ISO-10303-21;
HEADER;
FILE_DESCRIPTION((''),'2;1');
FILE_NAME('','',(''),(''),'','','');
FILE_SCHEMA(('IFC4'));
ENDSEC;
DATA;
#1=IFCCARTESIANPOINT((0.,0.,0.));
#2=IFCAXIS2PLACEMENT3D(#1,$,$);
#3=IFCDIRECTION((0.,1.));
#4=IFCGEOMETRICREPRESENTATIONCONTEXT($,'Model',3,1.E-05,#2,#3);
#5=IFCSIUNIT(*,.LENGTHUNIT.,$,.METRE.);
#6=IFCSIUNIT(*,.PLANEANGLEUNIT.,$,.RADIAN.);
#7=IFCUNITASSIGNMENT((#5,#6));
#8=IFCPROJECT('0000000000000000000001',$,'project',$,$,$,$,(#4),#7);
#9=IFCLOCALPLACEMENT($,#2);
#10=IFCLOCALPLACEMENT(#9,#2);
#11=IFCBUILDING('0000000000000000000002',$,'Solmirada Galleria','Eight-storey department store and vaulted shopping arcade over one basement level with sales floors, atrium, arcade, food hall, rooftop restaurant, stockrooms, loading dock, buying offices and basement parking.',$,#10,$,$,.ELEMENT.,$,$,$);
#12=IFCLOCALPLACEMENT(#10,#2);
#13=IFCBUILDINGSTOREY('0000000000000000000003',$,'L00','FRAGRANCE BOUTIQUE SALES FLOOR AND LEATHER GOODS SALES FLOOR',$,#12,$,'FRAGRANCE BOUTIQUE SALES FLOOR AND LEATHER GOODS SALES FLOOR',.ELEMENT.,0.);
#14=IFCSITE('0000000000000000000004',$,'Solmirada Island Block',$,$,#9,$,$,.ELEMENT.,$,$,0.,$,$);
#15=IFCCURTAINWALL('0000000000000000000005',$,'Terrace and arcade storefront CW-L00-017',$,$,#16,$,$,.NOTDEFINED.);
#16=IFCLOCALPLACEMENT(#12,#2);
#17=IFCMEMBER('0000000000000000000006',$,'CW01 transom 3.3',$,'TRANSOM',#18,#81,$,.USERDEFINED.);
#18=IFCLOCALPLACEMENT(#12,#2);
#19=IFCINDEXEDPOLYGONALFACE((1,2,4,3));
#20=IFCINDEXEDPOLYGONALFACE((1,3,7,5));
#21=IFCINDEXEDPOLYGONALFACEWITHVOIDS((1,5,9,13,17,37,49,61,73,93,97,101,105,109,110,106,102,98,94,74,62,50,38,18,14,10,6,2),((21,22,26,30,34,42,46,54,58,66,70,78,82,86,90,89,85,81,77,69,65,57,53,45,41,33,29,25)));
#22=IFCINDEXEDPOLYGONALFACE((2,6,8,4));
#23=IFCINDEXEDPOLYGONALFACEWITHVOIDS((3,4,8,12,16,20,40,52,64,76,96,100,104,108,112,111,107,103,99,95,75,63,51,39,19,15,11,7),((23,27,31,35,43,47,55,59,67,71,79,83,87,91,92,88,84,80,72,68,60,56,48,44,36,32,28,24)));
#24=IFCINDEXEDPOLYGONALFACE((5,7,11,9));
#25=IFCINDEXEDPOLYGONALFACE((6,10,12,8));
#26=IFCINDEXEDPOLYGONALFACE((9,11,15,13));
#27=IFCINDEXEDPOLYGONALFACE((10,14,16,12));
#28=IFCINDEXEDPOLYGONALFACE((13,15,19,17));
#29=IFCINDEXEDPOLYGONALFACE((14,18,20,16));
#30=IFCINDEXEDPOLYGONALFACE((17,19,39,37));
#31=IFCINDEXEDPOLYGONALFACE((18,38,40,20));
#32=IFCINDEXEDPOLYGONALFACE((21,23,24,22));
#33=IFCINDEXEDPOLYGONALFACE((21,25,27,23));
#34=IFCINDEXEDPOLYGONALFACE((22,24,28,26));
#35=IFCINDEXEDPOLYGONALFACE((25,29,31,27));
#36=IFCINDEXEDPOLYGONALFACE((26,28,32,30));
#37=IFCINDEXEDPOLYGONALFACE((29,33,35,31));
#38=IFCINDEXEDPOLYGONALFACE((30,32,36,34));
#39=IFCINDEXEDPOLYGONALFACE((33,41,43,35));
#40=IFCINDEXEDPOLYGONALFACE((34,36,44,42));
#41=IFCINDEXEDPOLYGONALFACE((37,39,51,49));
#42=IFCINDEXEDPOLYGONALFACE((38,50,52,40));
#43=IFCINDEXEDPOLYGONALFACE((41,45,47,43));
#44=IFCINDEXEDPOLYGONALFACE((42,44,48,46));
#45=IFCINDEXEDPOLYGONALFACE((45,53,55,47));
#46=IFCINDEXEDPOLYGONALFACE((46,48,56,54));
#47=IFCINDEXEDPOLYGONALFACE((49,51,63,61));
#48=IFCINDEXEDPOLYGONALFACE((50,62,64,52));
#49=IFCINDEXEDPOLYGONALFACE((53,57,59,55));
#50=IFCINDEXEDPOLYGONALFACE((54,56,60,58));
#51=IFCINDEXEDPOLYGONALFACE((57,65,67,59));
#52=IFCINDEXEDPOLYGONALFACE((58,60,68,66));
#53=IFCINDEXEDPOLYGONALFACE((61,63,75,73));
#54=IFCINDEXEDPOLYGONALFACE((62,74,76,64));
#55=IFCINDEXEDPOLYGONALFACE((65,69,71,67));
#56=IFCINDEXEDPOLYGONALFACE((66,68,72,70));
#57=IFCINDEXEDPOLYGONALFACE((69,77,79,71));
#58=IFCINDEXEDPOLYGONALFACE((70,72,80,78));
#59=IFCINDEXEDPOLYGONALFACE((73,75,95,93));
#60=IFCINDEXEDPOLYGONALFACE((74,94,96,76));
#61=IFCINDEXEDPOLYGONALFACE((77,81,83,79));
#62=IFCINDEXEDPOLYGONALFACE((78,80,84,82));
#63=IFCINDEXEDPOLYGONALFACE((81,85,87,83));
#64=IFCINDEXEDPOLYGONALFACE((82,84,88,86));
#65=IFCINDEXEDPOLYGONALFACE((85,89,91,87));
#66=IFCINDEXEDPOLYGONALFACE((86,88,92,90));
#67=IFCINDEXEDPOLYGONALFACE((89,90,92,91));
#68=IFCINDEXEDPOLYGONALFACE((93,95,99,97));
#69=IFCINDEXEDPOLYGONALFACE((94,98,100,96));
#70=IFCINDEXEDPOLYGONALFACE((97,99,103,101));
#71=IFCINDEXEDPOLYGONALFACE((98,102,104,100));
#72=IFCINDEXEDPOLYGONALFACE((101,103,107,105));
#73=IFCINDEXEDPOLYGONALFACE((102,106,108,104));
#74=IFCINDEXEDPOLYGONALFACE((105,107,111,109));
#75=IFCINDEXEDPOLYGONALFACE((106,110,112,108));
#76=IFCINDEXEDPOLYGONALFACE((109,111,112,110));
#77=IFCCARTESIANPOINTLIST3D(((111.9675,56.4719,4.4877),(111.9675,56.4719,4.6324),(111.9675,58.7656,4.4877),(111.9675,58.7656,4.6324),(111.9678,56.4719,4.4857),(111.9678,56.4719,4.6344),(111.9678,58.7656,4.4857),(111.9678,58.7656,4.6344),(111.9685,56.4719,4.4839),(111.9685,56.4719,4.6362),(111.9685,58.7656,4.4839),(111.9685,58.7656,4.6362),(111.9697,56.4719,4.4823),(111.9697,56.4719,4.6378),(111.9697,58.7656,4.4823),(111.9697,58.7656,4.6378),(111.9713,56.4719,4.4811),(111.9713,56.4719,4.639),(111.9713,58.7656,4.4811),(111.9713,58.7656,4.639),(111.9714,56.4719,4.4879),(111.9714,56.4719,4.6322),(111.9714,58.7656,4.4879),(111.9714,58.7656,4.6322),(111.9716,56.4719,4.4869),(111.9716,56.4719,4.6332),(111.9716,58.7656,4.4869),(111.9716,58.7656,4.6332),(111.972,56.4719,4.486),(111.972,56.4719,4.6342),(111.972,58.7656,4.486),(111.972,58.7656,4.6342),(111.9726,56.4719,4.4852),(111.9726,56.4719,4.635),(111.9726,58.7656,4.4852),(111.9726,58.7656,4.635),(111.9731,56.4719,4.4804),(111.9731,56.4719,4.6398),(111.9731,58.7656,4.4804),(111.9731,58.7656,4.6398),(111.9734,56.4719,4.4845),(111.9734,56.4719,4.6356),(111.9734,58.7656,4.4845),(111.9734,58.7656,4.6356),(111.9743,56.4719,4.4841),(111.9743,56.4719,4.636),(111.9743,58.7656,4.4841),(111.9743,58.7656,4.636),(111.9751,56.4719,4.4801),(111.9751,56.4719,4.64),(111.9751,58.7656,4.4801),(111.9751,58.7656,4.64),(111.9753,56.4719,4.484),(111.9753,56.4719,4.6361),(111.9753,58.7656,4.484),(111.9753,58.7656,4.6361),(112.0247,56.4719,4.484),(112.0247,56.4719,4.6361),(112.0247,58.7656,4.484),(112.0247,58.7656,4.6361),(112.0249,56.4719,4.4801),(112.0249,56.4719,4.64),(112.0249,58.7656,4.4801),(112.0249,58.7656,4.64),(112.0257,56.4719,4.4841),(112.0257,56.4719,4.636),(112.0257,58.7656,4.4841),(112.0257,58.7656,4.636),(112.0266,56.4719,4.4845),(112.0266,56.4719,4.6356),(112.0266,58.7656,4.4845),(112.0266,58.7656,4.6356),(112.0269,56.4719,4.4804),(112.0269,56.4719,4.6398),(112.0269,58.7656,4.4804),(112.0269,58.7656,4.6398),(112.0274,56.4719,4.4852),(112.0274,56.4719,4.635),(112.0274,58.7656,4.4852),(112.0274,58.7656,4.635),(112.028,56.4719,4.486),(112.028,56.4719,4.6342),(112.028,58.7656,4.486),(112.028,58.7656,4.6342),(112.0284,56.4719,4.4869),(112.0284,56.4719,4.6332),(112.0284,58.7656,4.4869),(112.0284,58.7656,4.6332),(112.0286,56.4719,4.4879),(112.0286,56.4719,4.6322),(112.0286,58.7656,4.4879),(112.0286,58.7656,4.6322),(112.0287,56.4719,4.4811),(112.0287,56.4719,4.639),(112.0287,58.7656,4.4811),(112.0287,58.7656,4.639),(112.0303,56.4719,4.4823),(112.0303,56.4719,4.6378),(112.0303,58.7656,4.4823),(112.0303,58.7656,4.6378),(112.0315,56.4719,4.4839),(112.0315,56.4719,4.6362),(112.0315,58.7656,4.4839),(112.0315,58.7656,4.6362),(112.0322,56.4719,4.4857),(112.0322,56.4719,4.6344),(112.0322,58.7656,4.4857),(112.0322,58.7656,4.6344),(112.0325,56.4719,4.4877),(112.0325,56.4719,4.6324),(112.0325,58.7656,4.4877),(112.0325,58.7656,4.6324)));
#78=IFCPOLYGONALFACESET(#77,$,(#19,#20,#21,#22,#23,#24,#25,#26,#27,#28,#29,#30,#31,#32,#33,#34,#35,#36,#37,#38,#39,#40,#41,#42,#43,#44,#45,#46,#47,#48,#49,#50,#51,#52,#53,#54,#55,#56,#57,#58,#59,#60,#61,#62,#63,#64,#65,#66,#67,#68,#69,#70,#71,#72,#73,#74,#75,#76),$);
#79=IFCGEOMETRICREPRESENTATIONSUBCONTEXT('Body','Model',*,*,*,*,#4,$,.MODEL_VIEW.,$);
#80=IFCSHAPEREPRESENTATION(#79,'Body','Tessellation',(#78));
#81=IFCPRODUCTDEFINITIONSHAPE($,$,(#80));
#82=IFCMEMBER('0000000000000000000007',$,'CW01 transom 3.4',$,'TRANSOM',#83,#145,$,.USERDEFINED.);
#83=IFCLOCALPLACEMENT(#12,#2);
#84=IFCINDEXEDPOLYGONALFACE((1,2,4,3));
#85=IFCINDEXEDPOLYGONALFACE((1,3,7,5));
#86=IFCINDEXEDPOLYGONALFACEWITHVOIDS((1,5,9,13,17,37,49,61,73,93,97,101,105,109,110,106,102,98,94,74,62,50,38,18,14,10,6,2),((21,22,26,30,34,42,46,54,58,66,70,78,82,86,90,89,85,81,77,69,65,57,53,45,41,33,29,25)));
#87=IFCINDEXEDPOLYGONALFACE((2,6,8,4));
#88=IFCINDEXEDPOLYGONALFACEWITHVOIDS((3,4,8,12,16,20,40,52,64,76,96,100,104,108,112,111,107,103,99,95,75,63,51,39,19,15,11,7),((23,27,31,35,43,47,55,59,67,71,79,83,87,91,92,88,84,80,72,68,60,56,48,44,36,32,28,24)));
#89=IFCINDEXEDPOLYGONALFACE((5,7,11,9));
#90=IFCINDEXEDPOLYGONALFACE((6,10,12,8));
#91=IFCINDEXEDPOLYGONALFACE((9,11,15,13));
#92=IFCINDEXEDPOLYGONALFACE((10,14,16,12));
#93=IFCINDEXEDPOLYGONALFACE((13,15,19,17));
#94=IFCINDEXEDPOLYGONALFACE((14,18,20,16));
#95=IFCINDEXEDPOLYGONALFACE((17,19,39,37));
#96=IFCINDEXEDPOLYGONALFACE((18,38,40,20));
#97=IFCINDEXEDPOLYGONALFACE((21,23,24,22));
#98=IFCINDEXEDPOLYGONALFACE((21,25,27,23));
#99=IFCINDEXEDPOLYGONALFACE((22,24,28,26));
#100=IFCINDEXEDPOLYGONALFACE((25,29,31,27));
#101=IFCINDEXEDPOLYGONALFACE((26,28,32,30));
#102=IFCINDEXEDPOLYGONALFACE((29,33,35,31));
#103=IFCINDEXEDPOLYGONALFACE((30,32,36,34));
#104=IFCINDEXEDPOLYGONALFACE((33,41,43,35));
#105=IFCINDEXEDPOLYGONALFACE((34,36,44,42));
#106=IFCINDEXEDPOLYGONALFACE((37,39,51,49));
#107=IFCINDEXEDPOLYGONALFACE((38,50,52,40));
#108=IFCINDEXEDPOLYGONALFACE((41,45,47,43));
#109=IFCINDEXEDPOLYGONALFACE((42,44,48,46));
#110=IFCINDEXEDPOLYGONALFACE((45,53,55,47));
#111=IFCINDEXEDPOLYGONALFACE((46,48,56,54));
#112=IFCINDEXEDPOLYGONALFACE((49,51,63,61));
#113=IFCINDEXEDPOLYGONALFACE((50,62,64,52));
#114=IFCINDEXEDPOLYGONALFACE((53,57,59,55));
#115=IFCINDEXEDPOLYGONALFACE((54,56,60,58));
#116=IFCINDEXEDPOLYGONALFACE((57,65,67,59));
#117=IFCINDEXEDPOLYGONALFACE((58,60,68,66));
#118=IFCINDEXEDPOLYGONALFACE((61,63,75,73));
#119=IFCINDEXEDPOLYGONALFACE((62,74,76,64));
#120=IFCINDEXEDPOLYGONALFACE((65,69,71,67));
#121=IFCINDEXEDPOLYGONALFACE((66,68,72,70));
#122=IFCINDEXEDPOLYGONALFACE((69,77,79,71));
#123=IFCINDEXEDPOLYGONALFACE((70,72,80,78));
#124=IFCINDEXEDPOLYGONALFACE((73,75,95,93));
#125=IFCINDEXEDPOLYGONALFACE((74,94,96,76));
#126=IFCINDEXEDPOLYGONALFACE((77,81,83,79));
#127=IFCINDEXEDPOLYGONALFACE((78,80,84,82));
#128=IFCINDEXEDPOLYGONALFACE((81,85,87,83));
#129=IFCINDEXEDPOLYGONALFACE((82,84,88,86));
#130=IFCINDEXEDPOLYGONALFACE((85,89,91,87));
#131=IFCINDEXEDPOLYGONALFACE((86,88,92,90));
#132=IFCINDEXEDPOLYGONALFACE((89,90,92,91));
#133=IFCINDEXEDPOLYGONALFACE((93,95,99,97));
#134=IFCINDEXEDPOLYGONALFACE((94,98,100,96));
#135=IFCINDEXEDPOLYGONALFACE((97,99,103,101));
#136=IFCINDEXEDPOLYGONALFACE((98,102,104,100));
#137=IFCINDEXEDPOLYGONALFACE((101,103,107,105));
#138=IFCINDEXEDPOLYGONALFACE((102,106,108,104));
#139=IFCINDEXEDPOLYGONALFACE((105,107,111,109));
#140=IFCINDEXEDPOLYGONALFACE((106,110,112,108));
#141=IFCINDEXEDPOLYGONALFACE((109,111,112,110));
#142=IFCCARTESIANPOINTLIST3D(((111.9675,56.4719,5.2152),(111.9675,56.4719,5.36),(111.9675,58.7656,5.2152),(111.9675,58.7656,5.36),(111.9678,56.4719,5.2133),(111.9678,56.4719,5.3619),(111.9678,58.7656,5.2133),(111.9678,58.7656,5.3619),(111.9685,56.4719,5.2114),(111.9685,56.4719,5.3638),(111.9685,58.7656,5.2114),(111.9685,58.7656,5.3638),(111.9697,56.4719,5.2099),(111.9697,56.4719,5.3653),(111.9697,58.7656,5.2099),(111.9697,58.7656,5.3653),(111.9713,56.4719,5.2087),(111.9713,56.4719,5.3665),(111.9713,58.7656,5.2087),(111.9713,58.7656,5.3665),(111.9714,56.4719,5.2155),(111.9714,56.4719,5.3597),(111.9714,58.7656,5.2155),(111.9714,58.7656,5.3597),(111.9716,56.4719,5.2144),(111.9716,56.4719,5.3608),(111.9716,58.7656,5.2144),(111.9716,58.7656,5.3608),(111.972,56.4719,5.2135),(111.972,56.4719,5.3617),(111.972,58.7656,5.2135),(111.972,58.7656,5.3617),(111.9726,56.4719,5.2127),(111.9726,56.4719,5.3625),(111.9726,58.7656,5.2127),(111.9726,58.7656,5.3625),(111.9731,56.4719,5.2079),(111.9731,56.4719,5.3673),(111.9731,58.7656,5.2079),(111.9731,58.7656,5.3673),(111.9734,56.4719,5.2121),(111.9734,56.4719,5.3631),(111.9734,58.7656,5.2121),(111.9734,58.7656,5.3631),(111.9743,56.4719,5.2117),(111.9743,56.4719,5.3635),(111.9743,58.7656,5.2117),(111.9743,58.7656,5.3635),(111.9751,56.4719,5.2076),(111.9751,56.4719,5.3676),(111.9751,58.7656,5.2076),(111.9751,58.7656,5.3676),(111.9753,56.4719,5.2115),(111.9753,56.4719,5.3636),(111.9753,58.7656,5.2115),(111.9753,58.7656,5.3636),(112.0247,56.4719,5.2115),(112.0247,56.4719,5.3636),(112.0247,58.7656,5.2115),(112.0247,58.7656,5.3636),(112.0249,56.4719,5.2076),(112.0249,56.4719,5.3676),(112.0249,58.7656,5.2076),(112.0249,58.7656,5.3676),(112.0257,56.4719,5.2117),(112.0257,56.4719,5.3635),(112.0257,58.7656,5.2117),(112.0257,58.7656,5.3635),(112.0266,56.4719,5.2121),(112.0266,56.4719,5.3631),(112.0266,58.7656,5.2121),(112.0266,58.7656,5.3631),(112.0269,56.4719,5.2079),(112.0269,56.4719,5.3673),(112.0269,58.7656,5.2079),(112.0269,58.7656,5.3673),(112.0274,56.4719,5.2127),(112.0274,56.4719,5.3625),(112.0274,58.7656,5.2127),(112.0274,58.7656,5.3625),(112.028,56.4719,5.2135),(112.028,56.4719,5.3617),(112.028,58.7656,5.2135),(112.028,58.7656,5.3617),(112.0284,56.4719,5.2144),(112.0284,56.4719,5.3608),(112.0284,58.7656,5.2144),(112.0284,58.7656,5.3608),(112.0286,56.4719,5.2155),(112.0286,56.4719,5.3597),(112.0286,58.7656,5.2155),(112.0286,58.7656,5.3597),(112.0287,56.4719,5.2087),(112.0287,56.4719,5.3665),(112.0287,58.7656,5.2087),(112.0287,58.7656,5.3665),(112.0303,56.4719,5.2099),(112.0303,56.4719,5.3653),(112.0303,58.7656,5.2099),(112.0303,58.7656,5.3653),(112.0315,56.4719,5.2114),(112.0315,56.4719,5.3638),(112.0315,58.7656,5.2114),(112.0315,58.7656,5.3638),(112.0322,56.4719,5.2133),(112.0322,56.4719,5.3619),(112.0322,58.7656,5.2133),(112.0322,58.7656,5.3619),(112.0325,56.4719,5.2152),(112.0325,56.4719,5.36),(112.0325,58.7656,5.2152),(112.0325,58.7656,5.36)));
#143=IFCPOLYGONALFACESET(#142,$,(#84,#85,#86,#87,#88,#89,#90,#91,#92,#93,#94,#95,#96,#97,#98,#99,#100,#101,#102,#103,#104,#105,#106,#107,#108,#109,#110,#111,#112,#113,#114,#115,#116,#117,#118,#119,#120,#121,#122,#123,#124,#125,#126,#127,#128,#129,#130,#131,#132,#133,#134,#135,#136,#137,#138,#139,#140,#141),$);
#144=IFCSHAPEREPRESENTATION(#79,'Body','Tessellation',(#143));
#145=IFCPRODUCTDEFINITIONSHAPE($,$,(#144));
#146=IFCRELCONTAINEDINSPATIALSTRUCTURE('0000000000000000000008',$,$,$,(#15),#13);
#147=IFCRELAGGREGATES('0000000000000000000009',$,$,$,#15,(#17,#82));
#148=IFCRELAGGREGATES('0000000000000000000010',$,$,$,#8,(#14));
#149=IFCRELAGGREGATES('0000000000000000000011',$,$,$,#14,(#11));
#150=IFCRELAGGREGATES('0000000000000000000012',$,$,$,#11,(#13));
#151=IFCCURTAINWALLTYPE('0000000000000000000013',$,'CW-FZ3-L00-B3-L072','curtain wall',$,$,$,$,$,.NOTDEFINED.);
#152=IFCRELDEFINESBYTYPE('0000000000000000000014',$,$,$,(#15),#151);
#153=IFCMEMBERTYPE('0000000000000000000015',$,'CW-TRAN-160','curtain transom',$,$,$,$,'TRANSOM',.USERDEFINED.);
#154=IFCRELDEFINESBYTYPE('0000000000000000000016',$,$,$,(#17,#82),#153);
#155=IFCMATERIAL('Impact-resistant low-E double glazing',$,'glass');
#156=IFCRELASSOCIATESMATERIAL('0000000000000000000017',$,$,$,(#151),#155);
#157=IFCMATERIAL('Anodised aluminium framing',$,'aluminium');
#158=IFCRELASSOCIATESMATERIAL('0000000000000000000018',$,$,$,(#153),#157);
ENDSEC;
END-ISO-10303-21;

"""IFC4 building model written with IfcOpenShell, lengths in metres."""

from ifc_helpers import new_model, si_unit, direction, frame, origin, origin_2d, place, context, subcontext, project, spatial, hollow_rectangle, extrude, material, material_profile, profile_set, type_object, element, aggregate, save


model = new_model("IFC4")

# Units and contexts
model_context = context("Model", 3, precision=1e-05, world=origin(), true_north=direction((0.0, 1.0)))
body_context = subcontext(model_context, "Body", "Model", "MODEL_VIEW")
ifc_project = project(units=[si_unit("LENGTHUNIT", "METRE"), si_unit("PLANEANGLEUNIT", "RADIAN")], contexts=[model_context])

# Site, building, storey
site_placement = place(None, origin())
site = spatial("IfcSite", under=ifc_project, at=site_placement, Name="Solmirada Island Block", CompositionType="ELEMENT", RefElevation=0.0)
building_placement = place(site_placement, origin())
building = spatial("IfcBuilding", under=site, at=building_placement, Name="Solmirada Galleria", Description="Eight-storey department store and vaulted shopping arcade over one basement level with sales floors, atrium, arcade, food hall, rooftop restaurant, stockrooms, loading dock, buying offices and basement parking.", CompositionType="ELEMENT")
storey_placement = place(building_placement, origin())
storey = spatial("IfcBuildingStorey", under=building, at=storey_placement, Name="L00", Description="FRAGRANCE BOUTIQUE SALES FLOOR AND LEATHER GOODS SALES FLOOR", LongName="FRAGRANCE BOUTIQUE SALES FLOOR AND LEATHER GOODS SALES FLOOR", CompositionType="ELEMENT", Elevation=0.0)

# Curtain wall
ifc_material_1 = material(Name="Impact-resistant low-E double glazing", Category="glass")
curtain_wall_type_1 = type_object("IfcCurtainWallType", Name="CW-FZ3-L00-B3-L072", Description="curtain wall", PredefinedType="NOTDEFINED", material=ifc_material_1)
curtain_wall_1_placement = place(storey_placement, origin())
curtain_wall_1 = element("IfcCurtainWall", 1, at=curtain_wall_1_placement, inside=storey, type_object=curtain_wall_type_1, Name="Terrace and arcade storefront CW-L00-017", PredefinedType="NOTDEFINED")
ifc_material_2 = material(Name="Anodised aluminium framing", Category="aluminium")

# Members
ifc_material_profile_1 = material_profile(ifc_material_2, hollow_rectangle(XDim=0.0649, YDim=0.1599, WallThickness=0.0039, InnerFilletRadius=0.0039, OuterFilletRadius=0.0076, at=origin_2d()), Name="ALU-TRAN-160X65")
ifc_profile_set_1 = profile_set([ifc_material_profile_1], Name="Anodised aluminium framing")
member_type_1 = type_object("IfcMemberType", Name="CW-TRAN-160", Description="curtain transom", ElementType="TRANSOM", PredefinedType="USERDEFINED", material=ifc_profile_set_1)
member_1_placement = place(storey_placement, frame((112.0, 58.7656, 4.5601), z_axis=(0.0, -1.0, 0.0), x_axis=(1.0, 0.0, 0.0)))
member_1 = element("IfcMember", 2, at=member_1_placement, type_object=member_type_1, Name="CW01 transom 3.3", ObjectType="TRANSOM", PredefinedType="USERDEFINED", context=body_context, shape_type="SweptSolid", body=[
    extrude(hollow_rectangle(XDim=0.0649, YDim=0.1599, WallThickness=0.0039, InnerFilletRadius=0.0039, OuterFilletRadius=0.0076, at=origin_2d()), origin(), (0.0, 0.0, 1.0), 2.2937),
])
member_2_placement = place(storey_placement, frame((112.0, 58.7656, 5.2876), z_axis=(0.0, -1.0, 0.0), x_axis=(1.0, 0.0, 0.0)))
member_2 = element("IfcMember", 3, at=member_2_placement, type_object=member_type_1, Name="CW01 transom 3.4", ObjectType="TRANSOM", PredefinedType="USERDEFINED", context=body_context, shape_type="SweptSolid", body=[
    extrude(hollow_rectangle(XDim=0.0649, YDim=0.1599, WallThickness=0.0039, InnerFilletRadius=0.0039, OuterFilletRadius=0.0076, at=origin_2d()), origin(), (0.0, 0.0, 1.0), 2.2937),
])

aggregate(curtain_wall_1, [member_1, member_2])

save(model, "model.ifc")
